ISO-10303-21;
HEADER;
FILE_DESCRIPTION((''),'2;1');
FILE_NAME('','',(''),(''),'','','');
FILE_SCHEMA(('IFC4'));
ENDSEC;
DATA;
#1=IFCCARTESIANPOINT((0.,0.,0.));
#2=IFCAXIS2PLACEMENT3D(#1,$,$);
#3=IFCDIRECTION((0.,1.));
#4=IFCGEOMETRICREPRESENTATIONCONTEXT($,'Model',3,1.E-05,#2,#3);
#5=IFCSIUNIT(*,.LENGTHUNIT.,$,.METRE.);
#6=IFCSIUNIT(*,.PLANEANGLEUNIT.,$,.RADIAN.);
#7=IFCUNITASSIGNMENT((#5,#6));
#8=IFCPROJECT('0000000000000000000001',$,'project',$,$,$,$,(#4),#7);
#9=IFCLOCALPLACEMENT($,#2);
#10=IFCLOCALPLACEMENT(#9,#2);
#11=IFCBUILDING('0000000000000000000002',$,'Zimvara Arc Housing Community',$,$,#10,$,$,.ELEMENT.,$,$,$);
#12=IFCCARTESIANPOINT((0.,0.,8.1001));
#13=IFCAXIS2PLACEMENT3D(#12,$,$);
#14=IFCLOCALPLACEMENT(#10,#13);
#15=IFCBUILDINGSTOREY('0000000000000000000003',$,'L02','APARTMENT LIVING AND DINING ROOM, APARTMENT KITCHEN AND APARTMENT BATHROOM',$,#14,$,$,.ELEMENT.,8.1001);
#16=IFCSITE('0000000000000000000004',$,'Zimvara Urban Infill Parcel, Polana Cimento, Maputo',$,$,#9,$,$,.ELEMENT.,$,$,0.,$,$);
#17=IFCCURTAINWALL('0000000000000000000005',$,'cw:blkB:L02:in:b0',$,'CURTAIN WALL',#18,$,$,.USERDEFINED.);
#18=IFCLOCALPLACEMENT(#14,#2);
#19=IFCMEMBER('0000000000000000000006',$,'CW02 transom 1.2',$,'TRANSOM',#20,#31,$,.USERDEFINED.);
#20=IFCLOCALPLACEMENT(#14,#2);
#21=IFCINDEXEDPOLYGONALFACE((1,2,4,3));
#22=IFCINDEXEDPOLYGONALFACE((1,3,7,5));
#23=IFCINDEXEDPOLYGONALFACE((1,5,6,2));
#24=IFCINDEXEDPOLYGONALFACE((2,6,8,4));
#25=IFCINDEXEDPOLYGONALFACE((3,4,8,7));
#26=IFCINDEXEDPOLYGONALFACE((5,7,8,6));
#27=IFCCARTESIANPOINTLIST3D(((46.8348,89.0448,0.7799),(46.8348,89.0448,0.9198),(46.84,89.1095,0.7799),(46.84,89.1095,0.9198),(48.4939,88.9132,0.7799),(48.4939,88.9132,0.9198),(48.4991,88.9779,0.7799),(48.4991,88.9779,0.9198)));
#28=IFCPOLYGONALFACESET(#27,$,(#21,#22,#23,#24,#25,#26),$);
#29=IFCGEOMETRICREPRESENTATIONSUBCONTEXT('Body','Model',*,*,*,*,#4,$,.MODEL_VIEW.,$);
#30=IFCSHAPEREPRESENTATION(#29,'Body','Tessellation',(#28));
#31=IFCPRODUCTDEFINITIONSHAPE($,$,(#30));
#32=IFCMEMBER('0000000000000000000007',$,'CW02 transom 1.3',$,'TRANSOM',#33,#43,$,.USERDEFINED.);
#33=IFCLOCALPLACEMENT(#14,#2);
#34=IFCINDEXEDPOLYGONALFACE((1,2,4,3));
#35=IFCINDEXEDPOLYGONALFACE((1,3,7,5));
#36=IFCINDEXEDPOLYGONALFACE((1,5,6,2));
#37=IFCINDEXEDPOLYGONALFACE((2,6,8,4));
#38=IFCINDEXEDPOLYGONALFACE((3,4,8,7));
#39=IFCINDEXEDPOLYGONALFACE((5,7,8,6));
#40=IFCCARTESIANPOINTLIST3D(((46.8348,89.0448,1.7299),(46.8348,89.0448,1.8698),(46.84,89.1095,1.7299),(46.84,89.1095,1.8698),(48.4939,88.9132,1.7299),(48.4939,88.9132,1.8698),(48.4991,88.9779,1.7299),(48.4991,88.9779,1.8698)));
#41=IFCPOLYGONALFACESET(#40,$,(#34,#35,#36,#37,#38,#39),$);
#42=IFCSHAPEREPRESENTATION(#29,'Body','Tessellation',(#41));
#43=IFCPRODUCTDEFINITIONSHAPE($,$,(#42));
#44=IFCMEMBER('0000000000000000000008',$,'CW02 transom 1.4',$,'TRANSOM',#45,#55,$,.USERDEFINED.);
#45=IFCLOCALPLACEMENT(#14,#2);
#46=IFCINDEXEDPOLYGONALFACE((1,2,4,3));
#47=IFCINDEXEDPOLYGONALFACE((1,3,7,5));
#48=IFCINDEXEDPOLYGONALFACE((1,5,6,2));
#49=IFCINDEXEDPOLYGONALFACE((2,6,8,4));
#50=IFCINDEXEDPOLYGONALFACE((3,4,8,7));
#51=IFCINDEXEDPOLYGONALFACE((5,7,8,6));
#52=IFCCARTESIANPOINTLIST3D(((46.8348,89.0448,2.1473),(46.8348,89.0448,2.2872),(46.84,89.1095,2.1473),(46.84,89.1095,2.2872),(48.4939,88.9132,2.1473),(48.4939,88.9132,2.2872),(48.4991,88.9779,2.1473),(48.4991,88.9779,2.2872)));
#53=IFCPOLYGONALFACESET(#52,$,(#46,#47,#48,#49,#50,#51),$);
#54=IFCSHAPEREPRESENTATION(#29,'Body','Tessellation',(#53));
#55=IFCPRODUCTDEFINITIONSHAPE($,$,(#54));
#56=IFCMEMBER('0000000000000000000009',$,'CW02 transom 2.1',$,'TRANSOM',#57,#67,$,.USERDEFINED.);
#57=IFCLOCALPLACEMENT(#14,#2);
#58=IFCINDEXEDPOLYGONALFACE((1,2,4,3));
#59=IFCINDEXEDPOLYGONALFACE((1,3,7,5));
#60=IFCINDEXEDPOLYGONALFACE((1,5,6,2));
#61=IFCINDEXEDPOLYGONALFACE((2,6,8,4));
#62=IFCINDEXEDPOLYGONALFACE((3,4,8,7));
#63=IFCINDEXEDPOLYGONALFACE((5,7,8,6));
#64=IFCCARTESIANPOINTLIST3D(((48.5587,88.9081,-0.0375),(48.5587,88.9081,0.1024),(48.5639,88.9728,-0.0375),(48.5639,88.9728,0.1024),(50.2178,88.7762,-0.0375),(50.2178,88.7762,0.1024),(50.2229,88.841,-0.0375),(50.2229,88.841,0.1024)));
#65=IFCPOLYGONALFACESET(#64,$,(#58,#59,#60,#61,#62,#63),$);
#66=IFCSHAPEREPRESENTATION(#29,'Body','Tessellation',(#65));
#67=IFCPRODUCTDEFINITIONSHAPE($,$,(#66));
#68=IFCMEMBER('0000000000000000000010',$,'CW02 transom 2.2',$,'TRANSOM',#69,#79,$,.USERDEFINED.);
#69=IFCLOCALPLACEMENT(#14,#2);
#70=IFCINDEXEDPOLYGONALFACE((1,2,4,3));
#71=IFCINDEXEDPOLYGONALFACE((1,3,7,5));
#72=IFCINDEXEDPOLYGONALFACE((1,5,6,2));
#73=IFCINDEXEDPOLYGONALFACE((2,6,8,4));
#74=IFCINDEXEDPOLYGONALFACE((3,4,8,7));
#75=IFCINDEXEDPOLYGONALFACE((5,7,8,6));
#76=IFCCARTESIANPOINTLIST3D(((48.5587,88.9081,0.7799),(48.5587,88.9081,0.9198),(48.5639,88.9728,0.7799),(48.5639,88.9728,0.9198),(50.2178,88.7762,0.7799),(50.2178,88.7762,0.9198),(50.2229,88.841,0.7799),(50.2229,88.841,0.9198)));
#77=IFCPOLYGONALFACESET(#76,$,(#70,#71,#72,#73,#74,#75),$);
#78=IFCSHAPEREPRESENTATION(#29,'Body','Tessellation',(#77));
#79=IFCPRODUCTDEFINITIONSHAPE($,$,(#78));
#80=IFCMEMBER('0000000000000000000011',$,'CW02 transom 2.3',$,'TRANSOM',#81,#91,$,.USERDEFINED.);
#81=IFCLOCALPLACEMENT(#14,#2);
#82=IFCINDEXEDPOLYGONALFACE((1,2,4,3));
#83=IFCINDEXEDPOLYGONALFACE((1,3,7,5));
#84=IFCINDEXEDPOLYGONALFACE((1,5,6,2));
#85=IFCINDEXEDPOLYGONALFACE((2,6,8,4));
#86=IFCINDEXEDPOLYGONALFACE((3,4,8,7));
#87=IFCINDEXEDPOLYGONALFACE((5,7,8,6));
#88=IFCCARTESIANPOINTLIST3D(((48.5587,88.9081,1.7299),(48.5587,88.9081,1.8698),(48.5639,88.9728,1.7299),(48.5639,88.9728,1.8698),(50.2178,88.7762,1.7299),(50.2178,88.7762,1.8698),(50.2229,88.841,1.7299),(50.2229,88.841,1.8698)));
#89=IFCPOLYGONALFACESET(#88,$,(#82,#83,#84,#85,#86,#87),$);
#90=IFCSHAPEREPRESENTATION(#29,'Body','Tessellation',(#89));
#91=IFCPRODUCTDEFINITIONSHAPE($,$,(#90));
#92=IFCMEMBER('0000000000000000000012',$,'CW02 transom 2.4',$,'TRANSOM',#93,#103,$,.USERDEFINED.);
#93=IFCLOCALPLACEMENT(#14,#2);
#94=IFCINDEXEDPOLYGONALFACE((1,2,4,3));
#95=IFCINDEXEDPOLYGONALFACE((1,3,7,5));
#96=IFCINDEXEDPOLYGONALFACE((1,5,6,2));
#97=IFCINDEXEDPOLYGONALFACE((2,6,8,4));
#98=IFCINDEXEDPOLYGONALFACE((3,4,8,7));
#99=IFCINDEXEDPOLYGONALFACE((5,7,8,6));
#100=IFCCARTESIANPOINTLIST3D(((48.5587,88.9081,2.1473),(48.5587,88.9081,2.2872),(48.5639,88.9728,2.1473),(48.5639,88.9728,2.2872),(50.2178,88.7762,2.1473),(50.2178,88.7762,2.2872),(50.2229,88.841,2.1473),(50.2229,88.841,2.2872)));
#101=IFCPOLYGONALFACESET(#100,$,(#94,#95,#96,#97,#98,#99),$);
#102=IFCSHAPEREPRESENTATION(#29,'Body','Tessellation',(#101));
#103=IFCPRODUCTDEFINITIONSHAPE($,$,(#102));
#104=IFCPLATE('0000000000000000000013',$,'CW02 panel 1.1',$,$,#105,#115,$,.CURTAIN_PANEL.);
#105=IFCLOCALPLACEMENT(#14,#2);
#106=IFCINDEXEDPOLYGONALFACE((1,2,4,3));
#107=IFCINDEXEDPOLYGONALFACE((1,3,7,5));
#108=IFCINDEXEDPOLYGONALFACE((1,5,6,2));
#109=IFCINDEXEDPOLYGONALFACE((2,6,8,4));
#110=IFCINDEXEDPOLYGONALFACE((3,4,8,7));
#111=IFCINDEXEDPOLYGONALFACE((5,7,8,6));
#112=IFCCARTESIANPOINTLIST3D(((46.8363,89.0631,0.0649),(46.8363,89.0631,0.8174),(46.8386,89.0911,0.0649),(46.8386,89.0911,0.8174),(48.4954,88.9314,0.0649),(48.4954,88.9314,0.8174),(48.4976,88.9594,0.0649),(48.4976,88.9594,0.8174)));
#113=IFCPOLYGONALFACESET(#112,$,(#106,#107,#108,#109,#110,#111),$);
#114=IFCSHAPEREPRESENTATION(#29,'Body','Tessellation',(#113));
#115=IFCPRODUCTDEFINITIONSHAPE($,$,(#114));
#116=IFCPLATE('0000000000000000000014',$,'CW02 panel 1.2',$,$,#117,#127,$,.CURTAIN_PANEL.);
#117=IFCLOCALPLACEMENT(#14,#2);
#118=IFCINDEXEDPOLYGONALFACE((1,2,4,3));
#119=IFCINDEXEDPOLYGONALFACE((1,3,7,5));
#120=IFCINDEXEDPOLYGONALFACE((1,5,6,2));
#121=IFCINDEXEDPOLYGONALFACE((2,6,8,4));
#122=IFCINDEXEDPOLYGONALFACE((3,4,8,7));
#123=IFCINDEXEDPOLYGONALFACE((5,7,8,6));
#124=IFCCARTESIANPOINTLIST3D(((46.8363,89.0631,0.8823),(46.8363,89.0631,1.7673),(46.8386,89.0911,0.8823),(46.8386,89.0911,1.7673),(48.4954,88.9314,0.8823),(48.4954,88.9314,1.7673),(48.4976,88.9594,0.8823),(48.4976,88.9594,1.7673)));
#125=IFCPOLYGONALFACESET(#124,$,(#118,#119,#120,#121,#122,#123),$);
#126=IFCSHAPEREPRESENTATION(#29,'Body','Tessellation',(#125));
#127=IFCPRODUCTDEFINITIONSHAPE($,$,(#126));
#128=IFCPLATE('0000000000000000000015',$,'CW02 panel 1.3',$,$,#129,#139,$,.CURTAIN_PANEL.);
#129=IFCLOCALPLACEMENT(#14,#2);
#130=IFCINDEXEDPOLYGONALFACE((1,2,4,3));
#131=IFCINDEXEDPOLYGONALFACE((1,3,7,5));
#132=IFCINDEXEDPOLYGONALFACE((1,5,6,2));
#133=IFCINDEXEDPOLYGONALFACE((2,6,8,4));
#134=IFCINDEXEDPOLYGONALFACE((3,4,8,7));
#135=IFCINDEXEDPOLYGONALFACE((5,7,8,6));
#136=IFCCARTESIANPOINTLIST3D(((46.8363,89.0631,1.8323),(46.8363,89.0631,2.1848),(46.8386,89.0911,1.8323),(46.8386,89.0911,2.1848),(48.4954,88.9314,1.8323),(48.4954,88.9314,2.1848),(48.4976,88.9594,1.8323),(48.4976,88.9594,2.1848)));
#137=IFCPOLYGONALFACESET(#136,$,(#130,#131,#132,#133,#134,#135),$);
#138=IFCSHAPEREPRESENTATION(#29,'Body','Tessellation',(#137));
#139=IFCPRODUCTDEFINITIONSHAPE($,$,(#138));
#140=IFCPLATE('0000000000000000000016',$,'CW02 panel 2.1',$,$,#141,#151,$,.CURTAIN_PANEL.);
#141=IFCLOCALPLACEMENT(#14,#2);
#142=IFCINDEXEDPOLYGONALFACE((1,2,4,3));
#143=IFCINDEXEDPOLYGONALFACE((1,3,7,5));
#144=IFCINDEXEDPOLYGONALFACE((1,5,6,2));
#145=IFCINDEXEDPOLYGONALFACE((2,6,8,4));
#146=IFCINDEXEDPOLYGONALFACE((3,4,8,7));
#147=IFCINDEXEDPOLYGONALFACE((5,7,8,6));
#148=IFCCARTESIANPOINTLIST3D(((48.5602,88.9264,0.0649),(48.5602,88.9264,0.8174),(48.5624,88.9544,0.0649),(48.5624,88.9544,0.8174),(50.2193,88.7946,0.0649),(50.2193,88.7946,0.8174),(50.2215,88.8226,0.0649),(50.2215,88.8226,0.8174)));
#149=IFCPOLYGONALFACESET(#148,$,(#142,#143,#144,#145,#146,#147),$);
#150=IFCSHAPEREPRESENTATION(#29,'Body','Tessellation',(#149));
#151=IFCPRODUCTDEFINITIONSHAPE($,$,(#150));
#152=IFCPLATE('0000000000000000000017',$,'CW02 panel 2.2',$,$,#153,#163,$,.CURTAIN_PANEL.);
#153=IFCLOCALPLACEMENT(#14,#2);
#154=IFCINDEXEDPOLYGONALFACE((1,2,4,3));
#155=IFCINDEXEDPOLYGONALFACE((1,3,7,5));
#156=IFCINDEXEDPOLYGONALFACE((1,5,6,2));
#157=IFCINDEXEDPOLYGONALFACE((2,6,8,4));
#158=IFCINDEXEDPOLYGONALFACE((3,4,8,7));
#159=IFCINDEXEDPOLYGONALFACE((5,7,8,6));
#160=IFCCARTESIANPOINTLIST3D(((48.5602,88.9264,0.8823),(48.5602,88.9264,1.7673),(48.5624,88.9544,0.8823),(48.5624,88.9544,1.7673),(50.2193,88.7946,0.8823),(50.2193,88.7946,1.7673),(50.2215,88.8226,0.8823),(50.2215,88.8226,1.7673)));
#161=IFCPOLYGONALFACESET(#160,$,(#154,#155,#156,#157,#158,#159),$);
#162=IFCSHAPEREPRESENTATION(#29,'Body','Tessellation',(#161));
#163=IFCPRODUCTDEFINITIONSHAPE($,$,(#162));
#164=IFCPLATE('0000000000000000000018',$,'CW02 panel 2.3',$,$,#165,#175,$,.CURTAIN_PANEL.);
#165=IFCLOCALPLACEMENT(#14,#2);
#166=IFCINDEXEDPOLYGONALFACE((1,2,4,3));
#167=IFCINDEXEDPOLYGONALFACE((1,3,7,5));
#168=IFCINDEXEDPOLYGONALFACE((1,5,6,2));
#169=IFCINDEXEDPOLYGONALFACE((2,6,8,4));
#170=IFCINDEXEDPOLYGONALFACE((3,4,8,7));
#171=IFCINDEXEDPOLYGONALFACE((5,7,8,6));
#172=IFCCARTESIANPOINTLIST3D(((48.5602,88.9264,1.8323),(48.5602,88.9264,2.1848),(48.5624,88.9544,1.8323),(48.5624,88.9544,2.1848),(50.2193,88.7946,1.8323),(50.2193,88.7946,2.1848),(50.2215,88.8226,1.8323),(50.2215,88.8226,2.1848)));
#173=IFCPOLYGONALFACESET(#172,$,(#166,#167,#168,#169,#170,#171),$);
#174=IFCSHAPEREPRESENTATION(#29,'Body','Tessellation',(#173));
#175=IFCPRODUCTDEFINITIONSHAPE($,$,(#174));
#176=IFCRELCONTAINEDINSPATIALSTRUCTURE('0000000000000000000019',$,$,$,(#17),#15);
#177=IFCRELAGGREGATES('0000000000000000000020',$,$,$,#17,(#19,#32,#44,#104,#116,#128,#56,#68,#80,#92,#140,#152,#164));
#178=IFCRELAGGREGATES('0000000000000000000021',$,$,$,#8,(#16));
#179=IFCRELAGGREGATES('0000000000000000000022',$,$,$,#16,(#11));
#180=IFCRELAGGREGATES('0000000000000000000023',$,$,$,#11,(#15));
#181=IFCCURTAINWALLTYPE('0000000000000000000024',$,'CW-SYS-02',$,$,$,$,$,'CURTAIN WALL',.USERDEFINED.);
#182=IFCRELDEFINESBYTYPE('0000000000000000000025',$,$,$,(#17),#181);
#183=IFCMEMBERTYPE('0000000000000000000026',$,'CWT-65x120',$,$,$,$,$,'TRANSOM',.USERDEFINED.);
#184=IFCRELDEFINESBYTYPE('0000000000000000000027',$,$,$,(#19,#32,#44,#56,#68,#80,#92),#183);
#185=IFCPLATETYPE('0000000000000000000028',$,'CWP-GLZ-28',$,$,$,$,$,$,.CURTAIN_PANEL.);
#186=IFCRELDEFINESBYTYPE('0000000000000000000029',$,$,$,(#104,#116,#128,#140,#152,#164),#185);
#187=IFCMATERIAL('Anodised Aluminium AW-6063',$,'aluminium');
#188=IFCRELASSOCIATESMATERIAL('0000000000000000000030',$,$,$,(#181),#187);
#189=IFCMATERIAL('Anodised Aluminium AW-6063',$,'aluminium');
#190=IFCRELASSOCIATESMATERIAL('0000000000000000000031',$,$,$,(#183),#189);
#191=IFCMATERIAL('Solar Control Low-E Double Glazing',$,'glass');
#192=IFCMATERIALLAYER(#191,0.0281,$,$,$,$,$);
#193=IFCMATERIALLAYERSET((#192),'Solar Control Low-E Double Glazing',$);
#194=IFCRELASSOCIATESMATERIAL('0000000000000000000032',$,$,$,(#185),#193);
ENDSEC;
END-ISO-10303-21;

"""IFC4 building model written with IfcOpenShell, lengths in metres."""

from ifc_helpers import new_model, si_unit, direction, frame, origin, origin_2d, place, context, subcontext, project, spatial, rectangle, extrude, material, layer, layer_set, material_profile, profile_set, type_object, element, aggregate, save


model = new_model("IFC4")

# Units and contexts
model_context = context("Model", 3, precision=1e-05, world=origin(), true_north=direction((0.0, 1.0)))
body_context = subcontext(model_context, "Body", "Model", "MODEL_VIEW")
ifc_project = project(units=[si_unit("LENGTHUNIT", "METRE"), si_unit("PLANEANGLEUNIT", "RADIAN")], contexts=[model_context])

# Site, building, storey
site_placement = place(None, origin())
site = spatial("IfcSite", under=ifc_project, at=site_placement, Name="Zimvara Urban Infill Parcel, Polana Cimento, Maputo", CompositionType="ELEMENT", RefElevation=0.0)
building_placement = place(site_placement, origin())
building = spatial("IfcBuilding", under=site, at=building_placement, Name="Zimvara Arc Housing Community", CompositionType="ELEMENT")
storey_placement = place(building_placement, frame((0.0, 0.0, 8.1001)))
storey = spatial("IfcBuildingStorey", under=building, at=storey_placement, Name="L02", Description="APARTMENT LIVING AND DINING ROOM, APARTMENT KITCHEN AND APARTMENT BATHROOM", CompositionType="ELEMENT", Elevation=8.1001)

# Curtain wall
ifc_material_1 = material(Name="Anodised Aluminium AW-6063", Category="aluminium")
curtain_wall_type_1 = type_object("IfcCurtainWallType", Name="CW-SYS-02", ElementType="CURTAIN WALL", PredefinedType="USERDEFINED", material=ifc_material_1)
curtain_wall_1_placement = place(storey_placement, origin())
curtain_wall_1 = element("IfcCurtainWall", 1, at=curtain_wall_1_placement, inside=storey, type_object=curtain_wall_type_1, Name="cw:blkB:L02:in:b0", ObjectType="CURTAIN WALL", PredefinedType="USERDEFINED")

# Members
ifc_material_2 = material(Name="Anodised Aluminium AW-6063", Category="aluminium")
ifc_material_profile_1 = material_profile(ifc_material_2, rectangle(XDim=0.0649, YDim=0.1399, at=origin_2d()), Name="ALU 65x140")
ifc_profile_set_1 = profile_set([ifc_material_profile_1], Name="Anodised Aluminium AW-6063")
member_type_1 = type_object("IfcMemberType", Name="CWT-65x120", ElementType="TRANSOM", PredefinedType="USERDEFINED", material=ifc_profile_set_1)
member_1_placement = place(storey_placement, frame((46.8374, 89.0771, 0.8499), z_axis=(0.99687, -0.079063, 0.0), x_axis=(0.079063, 0.99687, 0.0)))
member_1 = element("IfcMember", 2, at=member_1_placement, type_object=member_type_1, Name="CW02 transom 1.2", ObjectType="TRANSOM", PredefinedType="USERDEFINED", context=body_context, shape_type="SweptSolid", body=[
    extrude(rectangle(XDim=0.0649, YDim=0.1399, at=origin_2d()), origin(), (0.0, 0.0, 1.0), 1.6643),
])
member_2_placement = place(storey_placement, frame((46.8374, 89.0771, 1.7998), z_axis=(0.99687, -0.079063, 0.0), x_axis=(0.079063, 0.99687, 0.0)))
member_2 = element("IfcMember", 3, at=member_2_placement, type_object=member_type_1, Name="CW02 transom 1.3", ObjectType="TRANSOM", PredefinedType="USERDEFINED", context=body_context, shape_type="SweptSolid", body=[
    extrude(rectangle(XDim=0.0649, YDim=0.1399, at=origin_2d()), origin(), (0.0, 0.0, 1.0), 1.6643),
])
member_3_placement = place(storey_placement, frame((46.8374, 89.0771, 2.2173), z_axis=(0.99687, -0.079063, 0.0), x_axis=(0.079063, 0.99687, 0.0)))
member_3 = element("IfcMember", 4, at=member_3_placement, type_object=member_type_1, Name="CW02 transom 1.4", ObjectType="TRANSOM", PredefinedType="USERDEFINED", context=body_context, shape_type="SweptSolid", body=[
    extrude(rectangle(XDim=0.0649, YDim=0.1399, at=origin_2d()), origin(), (0.0, 0.0, 1.0), 1.6643),
])
member_4_placement = place(storey_placement, frame((48.5613, 88.9404, 0.0325), z_axis=(0.996858, -0.079209, 0.0), x_axis=(0.079209, 0.996858, 0.0)))
member_4 = element("IfcMember", 5, at=member_4_placement, type_object=member_type_1, Name="CW02 transom 2.1", ObjectType="TRANSOM", PredefinedType="USERDEFINED", context=body_context, shape_type="SweptSolid", body=[
    extrude(rectangle(XDim=0.0649, YDim=0.1399, at=origin_2d()), origin(), (0.0, 0.0, 1.0), 1.6643),
])
member_5_placement = place(storey_placement, frame((48.5613, 88.9404, 0.8499), z_axis=(0.996858, -0.079209, 0.0), x_axis=(0.079209, 0.996858, 0.0)))
member_5 = element("IfcMember", 6, at=member_5_placement, type_object=member_type_1, Name="CW02 transom 2.2", ObjectType="TRANSOM", PredefinedType="USERDEFINED", context=body_context, shape_type="SweptSolid", body=[
    extrude(rectangle(XDim=0.0649, YDim=0.1399, at=origin_2d()), origin(), (0.0, 0.0, 1.0), 1.6643),
])
member_6_placement = place(storey_placement, frame((48.5613, 88.9404, 1.7998), z_axis=(0.996858, -0.079209, 0.0), x_axis=(0.079209, 0.996858, 0.0)))
member_6 = element("IfcMember", 7, at=member_6_placement, type_object=member_type_1, Name="CW02 transom 2.3", ObjectType="TRANSOM", PredefinedType="USERDEFINED", context=body_context, shape_type="SweptSolid", body=[
    extrude(rectangle(XDim=0.0649, YDim=0.1399, at=origin_2d()), origin(), (0.0, 0.0, 1.0), 1.6643),
])
member_7_placement = place(storey_placement, frame((48.5613, 88.9404, 2.2173), z_axis=(0.996858, -0.079209, 0.0), x_axis=(0.079209, 0.996858, 0.0)))
member_7 = element("IfcMember", 8, at=member_7_placement, type_object=member_type_1, Name="CW02 transom 2.4", ObjectType="TRANSOM", PredefinedType="USERDEFINED", context=body_context, shape_type="SweptSolid", body=[
    extrude(rectangle(XDim=0.0649, YDim=0.1399, at=origin_2d()), origin(), (0.0, 0.0, 1.0), 1.6643),
])

# Plates
ifc_material_3 = material(Name="Solar Control Low-E Double Glazing", Category="glass")
ifc_layer_1 = layer(ifc_material_3, 0.0281)
ifc_layer_set_1 = layer_set([ifc_layer_1], Name="Solar Control Low-E Double Glazing")
plate_type = type_object("IfcPlateType", Name="CWP-GLZ-28", PredefinedType="CURTAIN_PANEL", material=ifc_layer_set_1)
plate_1_placement = place(storey_placement, frame((47.667, 89.0112, 0.0649), z_axis=(0.0, 0.0, 1.0), x_axis=(0.996862, -0.079155, 0.0)))
plate_1 = element("IfcPlate", 9, at=plate_1_placement, type_object=plate_type, Name="CW02 panel 1.1", PredefinedType="CURTAIN_PANEL", context=body_context, shape_type="SweptSolid", body=[
    extrude(rectangle(XDim=1.6643, YDim=0.0281, at=origin_2d()), origin(), (0.0, 0.0, 1.0), 0.7524),
])
plate_2_placement = place(storey_placement, frame((47.667, 89.0112, 0.8823), z_axis=(0.0, 0.0, 1.0), x_axis=(0.996862, -0.079155, 0.0)))
plate_2 = element("IfcPlate", 10, at=plate_2_placement, type_object=plate_type, Name="CW02 panel 1.2", PredefinedType="CURTAIN_PANEL", context=body_context, shape_type="SweptSolid", body=[
    extrude(rectangle(XDim=1.6643, YDim=0.0281, at=origin_2d()), origin(), (0.0, 0.0, 1.0), 0.885),
])
plate_3_placement = place(storey_placement, frame((47.667, 89.0112, 1.8323), z_axis=(0.0, 0.0, 1.0), x_axis=(0.996862, -0.079155, 0.0)))
plate_3 = element("IfcPlate", 11, at=plate_3_placement, type_object=plate_type, Name="CW02 panel 1.3", PredefinedType="CURTAIN_PANEL", context=body_context, shape_type="SweptSolid", body=[
    extrude(rectangle(XDim=1.6643, YDim=0.0281, at=origin_2d()), origin(), (0.0, 0.0, 1.0), 0.3525),
])
plate_4_placement = place(storey_placement, frame((49.3909, 88.8745, 0.0649), z_axis=(0.0, 0.0, 1.0), x_axis=(0.996862, -0.079155, 0.0)))
plate_4 = element("IfcPlate", 12, at=plate_4_placement, type_object=plate_type, Name="CW02 panel 2.1", PredefinedType="CURTAIN_PANEL", context=body_context, shape_type="SweptSolid", body=[
    extrude(rectangle(XDim=1.6643, YDim=0.0281, at=origin_2d()), origin(), (0.0, 0.0, 1.0), 0.7524),
])
plate_5_placement = place(storey_placement, frame((49.3909, 88.8745, 0.8823), z_axis=(0.0, 0.0, 1.0), x_axis=(0.996862, -0.079155, 0.0)))
plate_5 = element("IfcPlate", 13, at=plate_5_placement, type_object=plate_type, Name="CW02 panel 2.2", PredefinedType="CURTAIN_PANEL", context=body_context, shape_type="SweptSolid", body=[
    extrude(rectangle(XDim=1.6643, YDim=0.0281, at=origin_2d()), origin(), (0.0, 0.0, 1.0), 0.885),
])
plate_6_placement = place(storey_placement, frame((49.3909, 88.8745, 1.8323), z_axis=(0.0, 0.0, 1.0), x_axis=(0.996862, -0.079155, 0.0)))
plate_6 = element("IfcPlate", 14, at=plate_6_placement, type_object=plate_type, Name="CW02 panel 2.3", PredefinedType="CURTAIN_PANEL", context=body_context, shape_type="SweptSolid", body=[
    extrude(rectangle(XDim=1.6643, YDim=0.0281, at=origin_2d()), origin(), (0.0, 0.0, 1.0), 0.3525),
])
aggregate(curtain_wall_1, [member_1, member_2, member_3, plate_1, plate_2, plate_3, member_4, member_5, member_6, member_7, plate_4, plate_5, plate_6])

save(model, "model.ifc")
